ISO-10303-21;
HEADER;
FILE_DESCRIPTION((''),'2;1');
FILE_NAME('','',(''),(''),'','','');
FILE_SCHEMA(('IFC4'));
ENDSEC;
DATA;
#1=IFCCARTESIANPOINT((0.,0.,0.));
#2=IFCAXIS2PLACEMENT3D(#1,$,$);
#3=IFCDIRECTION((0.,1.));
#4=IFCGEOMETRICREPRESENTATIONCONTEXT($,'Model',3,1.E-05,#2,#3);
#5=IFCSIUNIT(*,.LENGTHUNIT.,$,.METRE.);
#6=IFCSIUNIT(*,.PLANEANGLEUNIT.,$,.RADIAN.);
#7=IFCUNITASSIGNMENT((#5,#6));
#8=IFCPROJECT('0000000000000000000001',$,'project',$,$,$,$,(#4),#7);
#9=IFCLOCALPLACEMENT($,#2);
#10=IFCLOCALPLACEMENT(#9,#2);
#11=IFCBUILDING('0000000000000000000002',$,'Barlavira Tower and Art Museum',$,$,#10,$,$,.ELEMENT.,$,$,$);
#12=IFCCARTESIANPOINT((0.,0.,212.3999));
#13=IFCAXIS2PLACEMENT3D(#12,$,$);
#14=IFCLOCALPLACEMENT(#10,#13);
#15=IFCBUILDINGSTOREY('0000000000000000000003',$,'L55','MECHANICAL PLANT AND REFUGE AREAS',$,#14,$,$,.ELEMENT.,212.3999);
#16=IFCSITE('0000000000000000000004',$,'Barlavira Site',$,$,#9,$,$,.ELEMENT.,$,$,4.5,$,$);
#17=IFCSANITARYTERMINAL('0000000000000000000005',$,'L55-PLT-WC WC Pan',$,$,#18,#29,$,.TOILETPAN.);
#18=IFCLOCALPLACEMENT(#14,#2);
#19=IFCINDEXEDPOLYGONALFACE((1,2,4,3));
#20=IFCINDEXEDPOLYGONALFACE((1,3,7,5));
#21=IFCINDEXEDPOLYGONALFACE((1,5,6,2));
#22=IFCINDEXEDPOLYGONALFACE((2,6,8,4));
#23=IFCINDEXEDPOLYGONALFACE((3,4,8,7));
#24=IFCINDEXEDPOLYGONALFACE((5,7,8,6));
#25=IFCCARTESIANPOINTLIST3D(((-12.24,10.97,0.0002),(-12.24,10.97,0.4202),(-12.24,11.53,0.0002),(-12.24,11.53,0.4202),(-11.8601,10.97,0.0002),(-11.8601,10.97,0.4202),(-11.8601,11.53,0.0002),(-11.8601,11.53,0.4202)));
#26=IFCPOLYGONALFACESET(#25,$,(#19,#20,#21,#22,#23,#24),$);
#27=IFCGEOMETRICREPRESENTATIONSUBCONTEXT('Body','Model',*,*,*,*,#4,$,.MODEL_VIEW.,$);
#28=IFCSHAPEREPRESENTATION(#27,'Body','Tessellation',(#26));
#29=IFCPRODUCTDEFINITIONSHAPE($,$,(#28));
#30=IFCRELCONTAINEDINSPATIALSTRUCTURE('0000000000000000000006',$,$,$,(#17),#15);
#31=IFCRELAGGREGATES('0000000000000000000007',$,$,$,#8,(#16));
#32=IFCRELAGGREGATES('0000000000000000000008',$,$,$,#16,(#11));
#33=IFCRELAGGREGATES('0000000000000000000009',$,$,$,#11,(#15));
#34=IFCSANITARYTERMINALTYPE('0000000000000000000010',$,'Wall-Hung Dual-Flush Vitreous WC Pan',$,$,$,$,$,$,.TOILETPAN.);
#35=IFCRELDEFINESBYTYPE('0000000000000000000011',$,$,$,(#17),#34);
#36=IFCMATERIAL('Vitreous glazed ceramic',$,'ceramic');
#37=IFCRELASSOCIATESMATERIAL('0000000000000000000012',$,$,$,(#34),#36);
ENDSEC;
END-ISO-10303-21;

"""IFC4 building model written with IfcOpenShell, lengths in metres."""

from ifc_helpers import new_model, si_unit, direction, frame, origin, origin_2d, place, context, subcontext, project, spatial, rectangle, extrude, material, type_object, element, save


model = new_model("IFC4")

# Units and contexts
model_context = context("Model", 3, precision=1e-05, world=origin(), true_north=direction((0.0, 1.0)))
body_context = subcontext(model_context, "Body", "Model", "MODEL_VIEW")
ifc_project = project(units=[si_unit("LENGTHUNIT", "METRE"), si_unit("PLANEANGLEUNIT", "RADIAN")], contexts=[model_context])

# Site, building, storey
site_placement = place(None, origin())
site = spatial("IfcSite", under=ifc_project, at=site_placement, Name="Barlavira Site", CompositionType="ELEMENT", RefElevation=4.5)
building_placement = place(site_placement, origin())
building = spatial("IfcBuilding", under=site, at=building_placement, Name="Barlavira Tower and Art Museum", CompositionType="ELEMENT")
storey_placement = place(building_placement, frame((0.0, 0.0, 212.3999)))
storey = spatial("IfcBuildingStorey", under=building, at=storey_placement, Name="L55", Description="MECHANICAL PLANT AND REFUGE AREAS", CompositionType="ELEMENT", Elevation=212.3999)

# Sanitary terminal
ifc_material_1 = material(Name="Vitreous glazed ceramic", Category="ceramic")
sanitary_terminal_type = type_object("IfcSanitaryTerminalType", Name="Wall-Hung Dual-Flush Vitreous WC Pan", PredefinedType="TOILETPAN", material=ifc_material_1)
sanitary_terminal_placement = place(storey_placement, frame((-12.05, 11.25, 0.0002), z_axis=(0.0, 0.0, 1.0), x_axis=(1.0, 0.0, 0.0)))
element("IfcSanitaryTerminal", 1, at=sanitary_terminal_placement, inside=storey, type_object=sanitary_terminal_type, Name="L55-PLT-WC WC Pan", PredefinedType="TOILETPAN", context=body_context, shape_type="SweptSolid", body=[
    extrude(rectangle(XDim=0.3799, YDim=0.5601, at=origin_2d()), origin(), (0.0, 0.0, 1.0), 0.4199),
])

save(model, "model.ifc")
